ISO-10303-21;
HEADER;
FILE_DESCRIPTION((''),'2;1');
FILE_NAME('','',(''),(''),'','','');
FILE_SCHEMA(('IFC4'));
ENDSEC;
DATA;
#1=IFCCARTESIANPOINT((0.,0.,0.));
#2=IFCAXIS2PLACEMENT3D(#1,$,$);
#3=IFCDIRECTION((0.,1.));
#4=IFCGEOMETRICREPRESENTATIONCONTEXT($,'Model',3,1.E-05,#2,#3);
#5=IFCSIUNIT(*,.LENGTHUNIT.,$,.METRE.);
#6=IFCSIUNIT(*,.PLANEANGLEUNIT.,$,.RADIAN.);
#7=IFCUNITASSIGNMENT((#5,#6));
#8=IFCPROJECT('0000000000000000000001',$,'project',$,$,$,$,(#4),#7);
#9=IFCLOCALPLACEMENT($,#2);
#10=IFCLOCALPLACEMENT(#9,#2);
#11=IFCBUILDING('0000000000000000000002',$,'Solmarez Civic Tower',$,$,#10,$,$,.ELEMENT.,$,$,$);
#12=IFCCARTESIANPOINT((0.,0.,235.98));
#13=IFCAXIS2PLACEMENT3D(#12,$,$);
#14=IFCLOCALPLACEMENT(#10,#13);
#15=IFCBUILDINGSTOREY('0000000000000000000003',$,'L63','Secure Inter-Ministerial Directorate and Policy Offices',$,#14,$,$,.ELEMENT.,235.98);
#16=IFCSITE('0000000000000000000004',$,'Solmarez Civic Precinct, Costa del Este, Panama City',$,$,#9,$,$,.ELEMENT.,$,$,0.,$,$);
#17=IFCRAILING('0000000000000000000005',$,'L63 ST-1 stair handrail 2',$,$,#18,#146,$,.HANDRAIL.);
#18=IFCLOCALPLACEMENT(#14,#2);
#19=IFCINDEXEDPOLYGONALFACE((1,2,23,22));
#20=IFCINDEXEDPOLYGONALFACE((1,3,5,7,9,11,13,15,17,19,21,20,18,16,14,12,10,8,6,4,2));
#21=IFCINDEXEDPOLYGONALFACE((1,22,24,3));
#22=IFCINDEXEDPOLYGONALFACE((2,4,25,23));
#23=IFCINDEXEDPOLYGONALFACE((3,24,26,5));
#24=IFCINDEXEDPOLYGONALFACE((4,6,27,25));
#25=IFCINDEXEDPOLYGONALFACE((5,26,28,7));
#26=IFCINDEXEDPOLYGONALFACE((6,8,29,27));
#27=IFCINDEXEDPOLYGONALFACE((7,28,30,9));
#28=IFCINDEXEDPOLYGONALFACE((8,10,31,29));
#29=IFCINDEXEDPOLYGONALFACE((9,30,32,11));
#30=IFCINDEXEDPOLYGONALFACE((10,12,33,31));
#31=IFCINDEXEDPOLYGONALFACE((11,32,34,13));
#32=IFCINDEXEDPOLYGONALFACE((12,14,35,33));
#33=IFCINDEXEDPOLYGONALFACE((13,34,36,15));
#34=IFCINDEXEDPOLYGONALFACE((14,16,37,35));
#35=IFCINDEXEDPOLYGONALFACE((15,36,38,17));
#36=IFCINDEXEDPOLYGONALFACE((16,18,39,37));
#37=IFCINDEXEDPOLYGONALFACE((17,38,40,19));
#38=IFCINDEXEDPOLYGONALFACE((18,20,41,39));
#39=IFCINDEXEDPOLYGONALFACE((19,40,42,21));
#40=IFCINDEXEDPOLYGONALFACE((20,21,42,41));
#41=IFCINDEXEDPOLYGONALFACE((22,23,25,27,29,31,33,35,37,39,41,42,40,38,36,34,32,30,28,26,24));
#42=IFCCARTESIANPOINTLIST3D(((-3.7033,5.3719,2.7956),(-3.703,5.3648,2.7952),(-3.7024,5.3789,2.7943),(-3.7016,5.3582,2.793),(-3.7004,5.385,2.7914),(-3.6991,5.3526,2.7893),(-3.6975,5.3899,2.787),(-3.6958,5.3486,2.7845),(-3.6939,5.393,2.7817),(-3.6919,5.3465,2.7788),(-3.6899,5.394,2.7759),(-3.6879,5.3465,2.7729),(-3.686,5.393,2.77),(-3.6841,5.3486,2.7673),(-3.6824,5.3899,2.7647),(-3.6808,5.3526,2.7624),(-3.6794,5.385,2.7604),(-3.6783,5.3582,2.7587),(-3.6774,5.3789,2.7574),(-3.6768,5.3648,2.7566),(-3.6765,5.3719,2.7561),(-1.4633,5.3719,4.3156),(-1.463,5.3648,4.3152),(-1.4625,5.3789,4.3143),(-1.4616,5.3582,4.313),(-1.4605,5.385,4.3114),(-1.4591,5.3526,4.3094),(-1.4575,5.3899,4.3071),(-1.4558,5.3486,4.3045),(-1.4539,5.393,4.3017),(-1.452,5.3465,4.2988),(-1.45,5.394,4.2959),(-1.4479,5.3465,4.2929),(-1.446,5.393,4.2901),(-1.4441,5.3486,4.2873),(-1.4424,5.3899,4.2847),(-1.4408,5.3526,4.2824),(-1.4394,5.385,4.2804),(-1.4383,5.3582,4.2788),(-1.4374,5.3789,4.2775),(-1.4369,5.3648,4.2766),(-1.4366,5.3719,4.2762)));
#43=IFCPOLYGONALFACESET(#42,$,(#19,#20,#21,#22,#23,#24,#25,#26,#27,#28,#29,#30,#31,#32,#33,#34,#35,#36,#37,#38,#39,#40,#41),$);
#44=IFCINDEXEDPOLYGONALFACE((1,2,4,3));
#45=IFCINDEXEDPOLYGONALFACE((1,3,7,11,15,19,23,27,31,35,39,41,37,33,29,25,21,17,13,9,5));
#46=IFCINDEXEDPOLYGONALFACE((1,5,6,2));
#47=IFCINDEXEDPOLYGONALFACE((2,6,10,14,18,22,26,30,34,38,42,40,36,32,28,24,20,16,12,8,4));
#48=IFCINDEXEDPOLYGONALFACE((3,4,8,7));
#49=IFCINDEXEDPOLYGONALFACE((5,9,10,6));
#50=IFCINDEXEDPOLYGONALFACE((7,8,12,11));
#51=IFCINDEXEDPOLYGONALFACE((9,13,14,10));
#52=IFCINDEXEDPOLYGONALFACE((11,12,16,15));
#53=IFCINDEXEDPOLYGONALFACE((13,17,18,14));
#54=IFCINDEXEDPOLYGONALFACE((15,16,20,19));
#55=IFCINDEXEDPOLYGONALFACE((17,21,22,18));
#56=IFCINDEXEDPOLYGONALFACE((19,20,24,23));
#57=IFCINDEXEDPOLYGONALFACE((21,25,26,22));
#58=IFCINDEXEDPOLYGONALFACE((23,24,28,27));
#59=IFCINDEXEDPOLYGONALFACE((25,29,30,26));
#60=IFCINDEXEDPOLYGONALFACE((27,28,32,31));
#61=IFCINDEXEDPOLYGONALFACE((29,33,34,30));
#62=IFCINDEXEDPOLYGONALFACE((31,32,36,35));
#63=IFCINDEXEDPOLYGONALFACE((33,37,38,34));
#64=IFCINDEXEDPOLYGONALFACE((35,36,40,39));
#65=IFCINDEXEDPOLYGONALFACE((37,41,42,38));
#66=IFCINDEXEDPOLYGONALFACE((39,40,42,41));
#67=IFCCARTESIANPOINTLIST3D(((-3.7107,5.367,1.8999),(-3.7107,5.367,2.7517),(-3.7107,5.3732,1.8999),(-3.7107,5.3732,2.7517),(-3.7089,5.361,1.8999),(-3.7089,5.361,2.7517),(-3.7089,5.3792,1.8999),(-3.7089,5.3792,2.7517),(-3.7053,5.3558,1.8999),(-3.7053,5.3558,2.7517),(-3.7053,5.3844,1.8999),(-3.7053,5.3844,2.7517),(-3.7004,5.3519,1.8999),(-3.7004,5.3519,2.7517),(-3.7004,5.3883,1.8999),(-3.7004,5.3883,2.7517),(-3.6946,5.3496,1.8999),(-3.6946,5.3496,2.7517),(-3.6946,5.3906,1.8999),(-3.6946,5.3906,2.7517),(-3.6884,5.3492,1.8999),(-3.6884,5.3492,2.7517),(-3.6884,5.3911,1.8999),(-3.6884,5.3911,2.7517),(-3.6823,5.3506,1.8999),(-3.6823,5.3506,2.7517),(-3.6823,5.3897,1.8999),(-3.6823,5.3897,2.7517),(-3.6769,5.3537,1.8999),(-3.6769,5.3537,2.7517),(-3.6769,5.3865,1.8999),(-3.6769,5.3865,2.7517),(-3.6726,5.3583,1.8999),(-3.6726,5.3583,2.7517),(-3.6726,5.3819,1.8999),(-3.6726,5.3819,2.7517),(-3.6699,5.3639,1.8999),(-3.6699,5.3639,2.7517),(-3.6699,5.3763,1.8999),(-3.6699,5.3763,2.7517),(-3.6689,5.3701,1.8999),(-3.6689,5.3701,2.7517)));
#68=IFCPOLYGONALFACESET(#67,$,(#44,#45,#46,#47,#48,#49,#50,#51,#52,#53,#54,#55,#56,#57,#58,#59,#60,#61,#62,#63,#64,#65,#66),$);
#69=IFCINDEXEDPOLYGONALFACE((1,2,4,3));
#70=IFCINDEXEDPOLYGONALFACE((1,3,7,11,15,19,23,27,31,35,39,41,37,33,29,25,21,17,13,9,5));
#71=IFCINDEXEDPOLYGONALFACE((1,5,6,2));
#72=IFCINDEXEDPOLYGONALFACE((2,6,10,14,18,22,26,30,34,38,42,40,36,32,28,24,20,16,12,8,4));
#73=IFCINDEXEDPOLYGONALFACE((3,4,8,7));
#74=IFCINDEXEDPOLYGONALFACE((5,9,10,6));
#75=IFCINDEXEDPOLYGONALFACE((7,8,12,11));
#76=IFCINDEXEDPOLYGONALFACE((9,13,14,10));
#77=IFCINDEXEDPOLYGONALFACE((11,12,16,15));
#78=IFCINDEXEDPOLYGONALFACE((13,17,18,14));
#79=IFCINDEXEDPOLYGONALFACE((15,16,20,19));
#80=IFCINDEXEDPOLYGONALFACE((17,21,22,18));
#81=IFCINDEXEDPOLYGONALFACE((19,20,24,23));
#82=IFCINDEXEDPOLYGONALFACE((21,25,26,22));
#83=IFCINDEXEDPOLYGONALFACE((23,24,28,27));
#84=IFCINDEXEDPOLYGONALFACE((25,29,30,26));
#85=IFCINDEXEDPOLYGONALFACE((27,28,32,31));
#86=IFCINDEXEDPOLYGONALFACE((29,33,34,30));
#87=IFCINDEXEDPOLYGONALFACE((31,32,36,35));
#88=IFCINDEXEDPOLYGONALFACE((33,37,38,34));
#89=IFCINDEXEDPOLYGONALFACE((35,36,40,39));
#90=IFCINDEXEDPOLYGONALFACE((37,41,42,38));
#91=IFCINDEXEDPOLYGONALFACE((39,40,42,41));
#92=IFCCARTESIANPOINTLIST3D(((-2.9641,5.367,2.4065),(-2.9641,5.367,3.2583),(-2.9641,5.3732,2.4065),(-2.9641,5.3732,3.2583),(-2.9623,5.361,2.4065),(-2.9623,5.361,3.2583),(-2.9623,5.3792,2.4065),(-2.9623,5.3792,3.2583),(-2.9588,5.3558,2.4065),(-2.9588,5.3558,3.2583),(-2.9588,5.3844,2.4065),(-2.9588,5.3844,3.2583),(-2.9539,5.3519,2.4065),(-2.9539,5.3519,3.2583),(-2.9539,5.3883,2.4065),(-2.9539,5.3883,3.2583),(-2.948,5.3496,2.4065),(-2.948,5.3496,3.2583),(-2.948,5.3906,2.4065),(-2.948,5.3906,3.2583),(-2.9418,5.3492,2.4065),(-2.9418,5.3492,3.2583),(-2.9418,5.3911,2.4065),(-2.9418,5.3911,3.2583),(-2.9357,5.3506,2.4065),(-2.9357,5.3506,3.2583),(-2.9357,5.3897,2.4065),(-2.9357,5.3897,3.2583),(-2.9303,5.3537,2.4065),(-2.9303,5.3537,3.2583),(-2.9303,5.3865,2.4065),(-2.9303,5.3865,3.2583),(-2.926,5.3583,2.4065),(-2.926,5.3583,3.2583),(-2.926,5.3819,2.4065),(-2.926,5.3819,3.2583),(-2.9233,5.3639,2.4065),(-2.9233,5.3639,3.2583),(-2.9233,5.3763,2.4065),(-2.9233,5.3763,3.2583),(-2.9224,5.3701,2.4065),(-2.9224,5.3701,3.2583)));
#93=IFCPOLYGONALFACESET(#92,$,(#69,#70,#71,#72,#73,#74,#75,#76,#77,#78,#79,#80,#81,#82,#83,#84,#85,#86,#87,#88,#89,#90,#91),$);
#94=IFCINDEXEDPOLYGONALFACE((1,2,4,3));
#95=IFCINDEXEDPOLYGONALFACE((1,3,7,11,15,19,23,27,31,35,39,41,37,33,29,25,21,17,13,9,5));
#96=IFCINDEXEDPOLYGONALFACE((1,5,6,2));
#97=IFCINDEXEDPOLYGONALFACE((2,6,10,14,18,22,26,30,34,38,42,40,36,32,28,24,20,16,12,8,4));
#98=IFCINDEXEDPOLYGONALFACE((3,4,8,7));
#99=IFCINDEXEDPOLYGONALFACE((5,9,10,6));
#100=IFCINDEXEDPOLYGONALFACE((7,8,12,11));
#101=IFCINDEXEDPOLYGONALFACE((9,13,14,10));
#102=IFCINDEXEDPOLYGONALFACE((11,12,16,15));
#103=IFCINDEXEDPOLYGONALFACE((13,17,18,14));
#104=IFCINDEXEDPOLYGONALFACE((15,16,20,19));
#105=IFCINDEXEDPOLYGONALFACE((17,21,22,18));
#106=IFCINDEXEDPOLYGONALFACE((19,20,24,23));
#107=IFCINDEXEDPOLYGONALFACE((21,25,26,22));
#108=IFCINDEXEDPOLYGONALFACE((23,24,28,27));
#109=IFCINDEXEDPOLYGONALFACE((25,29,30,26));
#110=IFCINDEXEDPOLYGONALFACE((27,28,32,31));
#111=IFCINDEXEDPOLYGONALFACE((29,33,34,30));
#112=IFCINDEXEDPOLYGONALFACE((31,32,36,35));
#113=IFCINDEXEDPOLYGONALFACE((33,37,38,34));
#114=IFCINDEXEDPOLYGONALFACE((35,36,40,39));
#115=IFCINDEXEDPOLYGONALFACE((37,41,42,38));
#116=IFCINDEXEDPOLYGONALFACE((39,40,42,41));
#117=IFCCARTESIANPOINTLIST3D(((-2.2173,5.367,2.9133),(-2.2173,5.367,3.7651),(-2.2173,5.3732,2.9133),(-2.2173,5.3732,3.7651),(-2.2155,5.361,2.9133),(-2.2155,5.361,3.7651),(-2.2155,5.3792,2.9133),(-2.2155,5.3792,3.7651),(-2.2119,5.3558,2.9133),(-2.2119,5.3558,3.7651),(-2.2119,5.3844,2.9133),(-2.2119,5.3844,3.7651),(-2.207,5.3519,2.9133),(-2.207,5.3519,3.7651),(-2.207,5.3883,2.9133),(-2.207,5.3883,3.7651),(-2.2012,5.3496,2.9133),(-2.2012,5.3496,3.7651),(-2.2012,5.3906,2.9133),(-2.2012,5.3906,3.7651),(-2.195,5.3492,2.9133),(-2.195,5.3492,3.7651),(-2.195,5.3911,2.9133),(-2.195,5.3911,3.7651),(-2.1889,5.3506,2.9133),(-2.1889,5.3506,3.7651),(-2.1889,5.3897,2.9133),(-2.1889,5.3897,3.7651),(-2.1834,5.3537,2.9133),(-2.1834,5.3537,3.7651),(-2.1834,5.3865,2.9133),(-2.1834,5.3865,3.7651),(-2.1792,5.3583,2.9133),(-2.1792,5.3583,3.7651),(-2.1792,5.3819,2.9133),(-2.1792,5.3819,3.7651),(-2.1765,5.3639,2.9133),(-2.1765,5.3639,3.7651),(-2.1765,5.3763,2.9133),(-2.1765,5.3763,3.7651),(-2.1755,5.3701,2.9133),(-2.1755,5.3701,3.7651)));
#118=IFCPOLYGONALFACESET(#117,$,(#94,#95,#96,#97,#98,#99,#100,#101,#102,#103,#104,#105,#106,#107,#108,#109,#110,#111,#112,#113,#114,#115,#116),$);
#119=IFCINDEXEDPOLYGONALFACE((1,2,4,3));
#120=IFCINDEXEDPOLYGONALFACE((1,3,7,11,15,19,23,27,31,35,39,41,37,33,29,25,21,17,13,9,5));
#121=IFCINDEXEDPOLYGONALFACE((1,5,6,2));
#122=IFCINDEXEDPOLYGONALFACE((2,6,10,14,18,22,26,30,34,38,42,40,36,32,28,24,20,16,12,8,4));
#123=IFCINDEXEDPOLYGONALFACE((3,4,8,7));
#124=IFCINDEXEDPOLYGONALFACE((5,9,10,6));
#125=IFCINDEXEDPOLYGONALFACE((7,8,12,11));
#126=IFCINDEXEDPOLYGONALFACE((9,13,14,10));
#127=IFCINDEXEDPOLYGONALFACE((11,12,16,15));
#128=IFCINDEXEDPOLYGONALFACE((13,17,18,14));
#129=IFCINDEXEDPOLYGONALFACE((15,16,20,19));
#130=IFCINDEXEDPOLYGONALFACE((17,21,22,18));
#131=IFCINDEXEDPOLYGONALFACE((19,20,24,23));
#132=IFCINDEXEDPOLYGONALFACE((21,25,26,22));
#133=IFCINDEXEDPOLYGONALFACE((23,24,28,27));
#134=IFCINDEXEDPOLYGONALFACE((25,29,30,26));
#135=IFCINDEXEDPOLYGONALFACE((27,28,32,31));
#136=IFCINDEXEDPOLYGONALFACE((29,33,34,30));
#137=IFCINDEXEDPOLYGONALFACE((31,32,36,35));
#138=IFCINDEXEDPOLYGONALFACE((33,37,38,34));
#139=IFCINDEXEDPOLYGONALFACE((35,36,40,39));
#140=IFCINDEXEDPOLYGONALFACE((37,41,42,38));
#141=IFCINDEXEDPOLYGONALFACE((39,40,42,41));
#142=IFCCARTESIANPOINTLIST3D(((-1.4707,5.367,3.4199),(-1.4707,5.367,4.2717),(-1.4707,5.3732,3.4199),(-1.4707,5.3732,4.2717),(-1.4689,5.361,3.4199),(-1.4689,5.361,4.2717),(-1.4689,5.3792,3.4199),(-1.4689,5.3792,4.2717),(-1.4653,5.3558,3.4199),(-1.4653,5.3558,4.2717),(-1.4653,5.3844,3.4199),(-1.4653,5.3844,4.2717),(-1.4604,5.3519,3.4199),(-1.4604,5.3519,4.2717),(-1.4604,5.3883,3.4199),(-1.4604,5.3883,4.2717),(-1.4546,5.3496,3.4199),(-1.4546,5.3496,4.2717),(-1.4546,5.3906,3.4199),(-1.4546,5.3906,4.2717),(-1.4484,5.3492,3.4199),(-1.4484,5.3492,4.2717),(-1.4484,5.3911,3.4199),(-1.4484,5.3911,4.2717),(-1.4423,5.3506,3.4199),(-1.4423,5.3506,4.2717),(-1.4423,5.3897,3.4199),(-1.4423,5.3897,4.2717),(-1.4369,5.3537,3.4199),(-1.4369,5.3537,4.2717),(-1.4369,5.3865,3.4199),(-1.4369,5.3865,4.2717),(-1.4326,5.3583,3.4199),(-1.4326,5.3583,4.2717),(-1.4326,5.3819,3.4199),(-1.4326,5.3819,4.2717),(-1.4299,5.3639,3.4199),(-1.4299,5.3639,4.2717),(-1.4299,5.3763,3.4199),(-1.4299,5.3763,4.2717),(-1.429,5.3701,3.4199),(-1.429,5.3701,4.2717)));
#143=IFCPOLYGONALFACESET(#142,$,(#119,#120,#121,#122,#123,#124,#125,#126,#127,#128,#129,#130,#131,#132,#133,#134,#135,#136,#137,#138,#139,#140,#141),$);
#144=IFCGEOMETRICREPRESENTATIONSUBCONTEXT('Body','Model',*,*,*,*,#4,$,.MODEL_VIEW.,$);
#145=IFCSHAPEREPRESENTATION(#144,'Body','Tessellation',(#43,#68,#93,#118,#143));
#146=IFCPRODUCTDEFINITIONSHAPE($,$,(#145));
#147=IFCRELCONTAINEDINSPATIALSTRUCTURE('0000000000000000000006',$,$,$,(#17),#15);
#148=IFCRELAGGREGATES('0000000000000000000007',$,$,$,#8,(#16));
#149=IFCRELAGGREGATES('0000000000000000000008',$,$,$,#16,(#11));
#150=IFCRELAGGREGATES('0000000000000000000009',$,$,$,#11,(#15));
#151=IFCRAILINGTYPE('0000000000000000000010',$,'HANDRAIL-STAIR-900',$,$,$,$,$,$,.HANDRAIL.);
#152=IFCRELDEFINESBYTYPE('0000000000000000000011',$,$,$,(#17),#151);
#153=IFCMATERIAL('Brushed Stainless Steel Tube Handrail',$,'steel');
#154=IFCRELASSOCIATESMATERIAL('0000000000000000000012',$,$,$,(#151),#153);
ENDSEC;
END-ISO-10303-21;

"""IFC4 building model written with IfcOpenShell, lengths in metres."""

from ifc_helpers import new_model, si_unit, direction, frame, origin, origin_2d, place, context, subcontext, project, spatial, circle, extrude, material, type_object, element, save


model = new_model("IFC4")

# Units and contexts
model_context = context("Model", 3, precision=1e-05, world=origin(), true_north=direction((0.0, 1.0)))
body_context = subcontext(model_context, "Body", "Model", "MODEL_VIEW")
ifc_project = project(units=[si_unit("LENGTHUNIT", "METRE"), si_unit("PLANEANGLEUNIT", "RADIAN")], contexts=[model_context])

# Site, building, storey
site_placement = place(None, origin())
site = spatial("IfcSite", under=ifc_project, at=site_placement, Name="Solmarez Civic Precinct, Costa del Este, Panama City", CompositionType="ELEMENT", RefElevation=0.0)
building_placement = place(site_placement, origin())
building = spatial("IfcBuilding", under=site, at=building_placement, Name="Solmarez Civic Tower", CompositionType="ELEMENT")
storey_placement = place(building_placement, frame((0.0, 0.0, 235.98)))
storey = spatial("IfcBuildingStorey", under=building, at=storey_placement, Name="L63", Description="Secure Inter-Ministerial Directorate and Policy Offices", CompositionType="ELEMENT", Elevation=235.98)

# Railing
ifc_material_1 = material(Name="Brushed Stainless Steel Tube Handrail", Category="steel")
railing_type_1 = type_object("IfcRailingType", Name="HANDRAIL-STAIR-900", PredefinedType="HANDRAIL", material=ifc_material_1)
railing_1_placement = place(storey_placement, frame((-3.6899, 5.3701, 1.8999)))
element("IfcRailing", 1, at=railing_1_placement, inside=storey, type_object=railing_type_1, Name="L63 ST-1 stair handrail 2", PredefinedType="HANDRAIL", context=body_context, shape_type="SweptSolid", body=[
    extrude(circle(Radius=0.0239, at=origin_2d()), frame((0.0, 0.0, 0.876), z_axis=(0.827471, 0.0, 0.561508), x_axis=(0.0, 1.0, 0.0)), (0.0, 0.0, 1.0), 2.707),
    extrude(circle(Radius=0.021, at=origin_2d()), origin(), (0.0, 0.0, 1.0), 0.8518),
    extrude(circle(Radius=0.021, at=origin_2d()), frame((0.7466, 0.0, 0.5066)), (0.0, 0.0, 1.0), 0.8518),
    extrude(circle(Radius=0.021, at=origin_2d()), frame((1.4934, 0.0, 1.0134)), (0.0, 0.0, 1.0), 0.8518),
    extrude(circle(Radius=0.021, at=origin_2d()), frame((2.24, 0.0, 1.52)), (0.0, 0.0, 1.0), 0.8518),
])

save(model, "model.ifc")
